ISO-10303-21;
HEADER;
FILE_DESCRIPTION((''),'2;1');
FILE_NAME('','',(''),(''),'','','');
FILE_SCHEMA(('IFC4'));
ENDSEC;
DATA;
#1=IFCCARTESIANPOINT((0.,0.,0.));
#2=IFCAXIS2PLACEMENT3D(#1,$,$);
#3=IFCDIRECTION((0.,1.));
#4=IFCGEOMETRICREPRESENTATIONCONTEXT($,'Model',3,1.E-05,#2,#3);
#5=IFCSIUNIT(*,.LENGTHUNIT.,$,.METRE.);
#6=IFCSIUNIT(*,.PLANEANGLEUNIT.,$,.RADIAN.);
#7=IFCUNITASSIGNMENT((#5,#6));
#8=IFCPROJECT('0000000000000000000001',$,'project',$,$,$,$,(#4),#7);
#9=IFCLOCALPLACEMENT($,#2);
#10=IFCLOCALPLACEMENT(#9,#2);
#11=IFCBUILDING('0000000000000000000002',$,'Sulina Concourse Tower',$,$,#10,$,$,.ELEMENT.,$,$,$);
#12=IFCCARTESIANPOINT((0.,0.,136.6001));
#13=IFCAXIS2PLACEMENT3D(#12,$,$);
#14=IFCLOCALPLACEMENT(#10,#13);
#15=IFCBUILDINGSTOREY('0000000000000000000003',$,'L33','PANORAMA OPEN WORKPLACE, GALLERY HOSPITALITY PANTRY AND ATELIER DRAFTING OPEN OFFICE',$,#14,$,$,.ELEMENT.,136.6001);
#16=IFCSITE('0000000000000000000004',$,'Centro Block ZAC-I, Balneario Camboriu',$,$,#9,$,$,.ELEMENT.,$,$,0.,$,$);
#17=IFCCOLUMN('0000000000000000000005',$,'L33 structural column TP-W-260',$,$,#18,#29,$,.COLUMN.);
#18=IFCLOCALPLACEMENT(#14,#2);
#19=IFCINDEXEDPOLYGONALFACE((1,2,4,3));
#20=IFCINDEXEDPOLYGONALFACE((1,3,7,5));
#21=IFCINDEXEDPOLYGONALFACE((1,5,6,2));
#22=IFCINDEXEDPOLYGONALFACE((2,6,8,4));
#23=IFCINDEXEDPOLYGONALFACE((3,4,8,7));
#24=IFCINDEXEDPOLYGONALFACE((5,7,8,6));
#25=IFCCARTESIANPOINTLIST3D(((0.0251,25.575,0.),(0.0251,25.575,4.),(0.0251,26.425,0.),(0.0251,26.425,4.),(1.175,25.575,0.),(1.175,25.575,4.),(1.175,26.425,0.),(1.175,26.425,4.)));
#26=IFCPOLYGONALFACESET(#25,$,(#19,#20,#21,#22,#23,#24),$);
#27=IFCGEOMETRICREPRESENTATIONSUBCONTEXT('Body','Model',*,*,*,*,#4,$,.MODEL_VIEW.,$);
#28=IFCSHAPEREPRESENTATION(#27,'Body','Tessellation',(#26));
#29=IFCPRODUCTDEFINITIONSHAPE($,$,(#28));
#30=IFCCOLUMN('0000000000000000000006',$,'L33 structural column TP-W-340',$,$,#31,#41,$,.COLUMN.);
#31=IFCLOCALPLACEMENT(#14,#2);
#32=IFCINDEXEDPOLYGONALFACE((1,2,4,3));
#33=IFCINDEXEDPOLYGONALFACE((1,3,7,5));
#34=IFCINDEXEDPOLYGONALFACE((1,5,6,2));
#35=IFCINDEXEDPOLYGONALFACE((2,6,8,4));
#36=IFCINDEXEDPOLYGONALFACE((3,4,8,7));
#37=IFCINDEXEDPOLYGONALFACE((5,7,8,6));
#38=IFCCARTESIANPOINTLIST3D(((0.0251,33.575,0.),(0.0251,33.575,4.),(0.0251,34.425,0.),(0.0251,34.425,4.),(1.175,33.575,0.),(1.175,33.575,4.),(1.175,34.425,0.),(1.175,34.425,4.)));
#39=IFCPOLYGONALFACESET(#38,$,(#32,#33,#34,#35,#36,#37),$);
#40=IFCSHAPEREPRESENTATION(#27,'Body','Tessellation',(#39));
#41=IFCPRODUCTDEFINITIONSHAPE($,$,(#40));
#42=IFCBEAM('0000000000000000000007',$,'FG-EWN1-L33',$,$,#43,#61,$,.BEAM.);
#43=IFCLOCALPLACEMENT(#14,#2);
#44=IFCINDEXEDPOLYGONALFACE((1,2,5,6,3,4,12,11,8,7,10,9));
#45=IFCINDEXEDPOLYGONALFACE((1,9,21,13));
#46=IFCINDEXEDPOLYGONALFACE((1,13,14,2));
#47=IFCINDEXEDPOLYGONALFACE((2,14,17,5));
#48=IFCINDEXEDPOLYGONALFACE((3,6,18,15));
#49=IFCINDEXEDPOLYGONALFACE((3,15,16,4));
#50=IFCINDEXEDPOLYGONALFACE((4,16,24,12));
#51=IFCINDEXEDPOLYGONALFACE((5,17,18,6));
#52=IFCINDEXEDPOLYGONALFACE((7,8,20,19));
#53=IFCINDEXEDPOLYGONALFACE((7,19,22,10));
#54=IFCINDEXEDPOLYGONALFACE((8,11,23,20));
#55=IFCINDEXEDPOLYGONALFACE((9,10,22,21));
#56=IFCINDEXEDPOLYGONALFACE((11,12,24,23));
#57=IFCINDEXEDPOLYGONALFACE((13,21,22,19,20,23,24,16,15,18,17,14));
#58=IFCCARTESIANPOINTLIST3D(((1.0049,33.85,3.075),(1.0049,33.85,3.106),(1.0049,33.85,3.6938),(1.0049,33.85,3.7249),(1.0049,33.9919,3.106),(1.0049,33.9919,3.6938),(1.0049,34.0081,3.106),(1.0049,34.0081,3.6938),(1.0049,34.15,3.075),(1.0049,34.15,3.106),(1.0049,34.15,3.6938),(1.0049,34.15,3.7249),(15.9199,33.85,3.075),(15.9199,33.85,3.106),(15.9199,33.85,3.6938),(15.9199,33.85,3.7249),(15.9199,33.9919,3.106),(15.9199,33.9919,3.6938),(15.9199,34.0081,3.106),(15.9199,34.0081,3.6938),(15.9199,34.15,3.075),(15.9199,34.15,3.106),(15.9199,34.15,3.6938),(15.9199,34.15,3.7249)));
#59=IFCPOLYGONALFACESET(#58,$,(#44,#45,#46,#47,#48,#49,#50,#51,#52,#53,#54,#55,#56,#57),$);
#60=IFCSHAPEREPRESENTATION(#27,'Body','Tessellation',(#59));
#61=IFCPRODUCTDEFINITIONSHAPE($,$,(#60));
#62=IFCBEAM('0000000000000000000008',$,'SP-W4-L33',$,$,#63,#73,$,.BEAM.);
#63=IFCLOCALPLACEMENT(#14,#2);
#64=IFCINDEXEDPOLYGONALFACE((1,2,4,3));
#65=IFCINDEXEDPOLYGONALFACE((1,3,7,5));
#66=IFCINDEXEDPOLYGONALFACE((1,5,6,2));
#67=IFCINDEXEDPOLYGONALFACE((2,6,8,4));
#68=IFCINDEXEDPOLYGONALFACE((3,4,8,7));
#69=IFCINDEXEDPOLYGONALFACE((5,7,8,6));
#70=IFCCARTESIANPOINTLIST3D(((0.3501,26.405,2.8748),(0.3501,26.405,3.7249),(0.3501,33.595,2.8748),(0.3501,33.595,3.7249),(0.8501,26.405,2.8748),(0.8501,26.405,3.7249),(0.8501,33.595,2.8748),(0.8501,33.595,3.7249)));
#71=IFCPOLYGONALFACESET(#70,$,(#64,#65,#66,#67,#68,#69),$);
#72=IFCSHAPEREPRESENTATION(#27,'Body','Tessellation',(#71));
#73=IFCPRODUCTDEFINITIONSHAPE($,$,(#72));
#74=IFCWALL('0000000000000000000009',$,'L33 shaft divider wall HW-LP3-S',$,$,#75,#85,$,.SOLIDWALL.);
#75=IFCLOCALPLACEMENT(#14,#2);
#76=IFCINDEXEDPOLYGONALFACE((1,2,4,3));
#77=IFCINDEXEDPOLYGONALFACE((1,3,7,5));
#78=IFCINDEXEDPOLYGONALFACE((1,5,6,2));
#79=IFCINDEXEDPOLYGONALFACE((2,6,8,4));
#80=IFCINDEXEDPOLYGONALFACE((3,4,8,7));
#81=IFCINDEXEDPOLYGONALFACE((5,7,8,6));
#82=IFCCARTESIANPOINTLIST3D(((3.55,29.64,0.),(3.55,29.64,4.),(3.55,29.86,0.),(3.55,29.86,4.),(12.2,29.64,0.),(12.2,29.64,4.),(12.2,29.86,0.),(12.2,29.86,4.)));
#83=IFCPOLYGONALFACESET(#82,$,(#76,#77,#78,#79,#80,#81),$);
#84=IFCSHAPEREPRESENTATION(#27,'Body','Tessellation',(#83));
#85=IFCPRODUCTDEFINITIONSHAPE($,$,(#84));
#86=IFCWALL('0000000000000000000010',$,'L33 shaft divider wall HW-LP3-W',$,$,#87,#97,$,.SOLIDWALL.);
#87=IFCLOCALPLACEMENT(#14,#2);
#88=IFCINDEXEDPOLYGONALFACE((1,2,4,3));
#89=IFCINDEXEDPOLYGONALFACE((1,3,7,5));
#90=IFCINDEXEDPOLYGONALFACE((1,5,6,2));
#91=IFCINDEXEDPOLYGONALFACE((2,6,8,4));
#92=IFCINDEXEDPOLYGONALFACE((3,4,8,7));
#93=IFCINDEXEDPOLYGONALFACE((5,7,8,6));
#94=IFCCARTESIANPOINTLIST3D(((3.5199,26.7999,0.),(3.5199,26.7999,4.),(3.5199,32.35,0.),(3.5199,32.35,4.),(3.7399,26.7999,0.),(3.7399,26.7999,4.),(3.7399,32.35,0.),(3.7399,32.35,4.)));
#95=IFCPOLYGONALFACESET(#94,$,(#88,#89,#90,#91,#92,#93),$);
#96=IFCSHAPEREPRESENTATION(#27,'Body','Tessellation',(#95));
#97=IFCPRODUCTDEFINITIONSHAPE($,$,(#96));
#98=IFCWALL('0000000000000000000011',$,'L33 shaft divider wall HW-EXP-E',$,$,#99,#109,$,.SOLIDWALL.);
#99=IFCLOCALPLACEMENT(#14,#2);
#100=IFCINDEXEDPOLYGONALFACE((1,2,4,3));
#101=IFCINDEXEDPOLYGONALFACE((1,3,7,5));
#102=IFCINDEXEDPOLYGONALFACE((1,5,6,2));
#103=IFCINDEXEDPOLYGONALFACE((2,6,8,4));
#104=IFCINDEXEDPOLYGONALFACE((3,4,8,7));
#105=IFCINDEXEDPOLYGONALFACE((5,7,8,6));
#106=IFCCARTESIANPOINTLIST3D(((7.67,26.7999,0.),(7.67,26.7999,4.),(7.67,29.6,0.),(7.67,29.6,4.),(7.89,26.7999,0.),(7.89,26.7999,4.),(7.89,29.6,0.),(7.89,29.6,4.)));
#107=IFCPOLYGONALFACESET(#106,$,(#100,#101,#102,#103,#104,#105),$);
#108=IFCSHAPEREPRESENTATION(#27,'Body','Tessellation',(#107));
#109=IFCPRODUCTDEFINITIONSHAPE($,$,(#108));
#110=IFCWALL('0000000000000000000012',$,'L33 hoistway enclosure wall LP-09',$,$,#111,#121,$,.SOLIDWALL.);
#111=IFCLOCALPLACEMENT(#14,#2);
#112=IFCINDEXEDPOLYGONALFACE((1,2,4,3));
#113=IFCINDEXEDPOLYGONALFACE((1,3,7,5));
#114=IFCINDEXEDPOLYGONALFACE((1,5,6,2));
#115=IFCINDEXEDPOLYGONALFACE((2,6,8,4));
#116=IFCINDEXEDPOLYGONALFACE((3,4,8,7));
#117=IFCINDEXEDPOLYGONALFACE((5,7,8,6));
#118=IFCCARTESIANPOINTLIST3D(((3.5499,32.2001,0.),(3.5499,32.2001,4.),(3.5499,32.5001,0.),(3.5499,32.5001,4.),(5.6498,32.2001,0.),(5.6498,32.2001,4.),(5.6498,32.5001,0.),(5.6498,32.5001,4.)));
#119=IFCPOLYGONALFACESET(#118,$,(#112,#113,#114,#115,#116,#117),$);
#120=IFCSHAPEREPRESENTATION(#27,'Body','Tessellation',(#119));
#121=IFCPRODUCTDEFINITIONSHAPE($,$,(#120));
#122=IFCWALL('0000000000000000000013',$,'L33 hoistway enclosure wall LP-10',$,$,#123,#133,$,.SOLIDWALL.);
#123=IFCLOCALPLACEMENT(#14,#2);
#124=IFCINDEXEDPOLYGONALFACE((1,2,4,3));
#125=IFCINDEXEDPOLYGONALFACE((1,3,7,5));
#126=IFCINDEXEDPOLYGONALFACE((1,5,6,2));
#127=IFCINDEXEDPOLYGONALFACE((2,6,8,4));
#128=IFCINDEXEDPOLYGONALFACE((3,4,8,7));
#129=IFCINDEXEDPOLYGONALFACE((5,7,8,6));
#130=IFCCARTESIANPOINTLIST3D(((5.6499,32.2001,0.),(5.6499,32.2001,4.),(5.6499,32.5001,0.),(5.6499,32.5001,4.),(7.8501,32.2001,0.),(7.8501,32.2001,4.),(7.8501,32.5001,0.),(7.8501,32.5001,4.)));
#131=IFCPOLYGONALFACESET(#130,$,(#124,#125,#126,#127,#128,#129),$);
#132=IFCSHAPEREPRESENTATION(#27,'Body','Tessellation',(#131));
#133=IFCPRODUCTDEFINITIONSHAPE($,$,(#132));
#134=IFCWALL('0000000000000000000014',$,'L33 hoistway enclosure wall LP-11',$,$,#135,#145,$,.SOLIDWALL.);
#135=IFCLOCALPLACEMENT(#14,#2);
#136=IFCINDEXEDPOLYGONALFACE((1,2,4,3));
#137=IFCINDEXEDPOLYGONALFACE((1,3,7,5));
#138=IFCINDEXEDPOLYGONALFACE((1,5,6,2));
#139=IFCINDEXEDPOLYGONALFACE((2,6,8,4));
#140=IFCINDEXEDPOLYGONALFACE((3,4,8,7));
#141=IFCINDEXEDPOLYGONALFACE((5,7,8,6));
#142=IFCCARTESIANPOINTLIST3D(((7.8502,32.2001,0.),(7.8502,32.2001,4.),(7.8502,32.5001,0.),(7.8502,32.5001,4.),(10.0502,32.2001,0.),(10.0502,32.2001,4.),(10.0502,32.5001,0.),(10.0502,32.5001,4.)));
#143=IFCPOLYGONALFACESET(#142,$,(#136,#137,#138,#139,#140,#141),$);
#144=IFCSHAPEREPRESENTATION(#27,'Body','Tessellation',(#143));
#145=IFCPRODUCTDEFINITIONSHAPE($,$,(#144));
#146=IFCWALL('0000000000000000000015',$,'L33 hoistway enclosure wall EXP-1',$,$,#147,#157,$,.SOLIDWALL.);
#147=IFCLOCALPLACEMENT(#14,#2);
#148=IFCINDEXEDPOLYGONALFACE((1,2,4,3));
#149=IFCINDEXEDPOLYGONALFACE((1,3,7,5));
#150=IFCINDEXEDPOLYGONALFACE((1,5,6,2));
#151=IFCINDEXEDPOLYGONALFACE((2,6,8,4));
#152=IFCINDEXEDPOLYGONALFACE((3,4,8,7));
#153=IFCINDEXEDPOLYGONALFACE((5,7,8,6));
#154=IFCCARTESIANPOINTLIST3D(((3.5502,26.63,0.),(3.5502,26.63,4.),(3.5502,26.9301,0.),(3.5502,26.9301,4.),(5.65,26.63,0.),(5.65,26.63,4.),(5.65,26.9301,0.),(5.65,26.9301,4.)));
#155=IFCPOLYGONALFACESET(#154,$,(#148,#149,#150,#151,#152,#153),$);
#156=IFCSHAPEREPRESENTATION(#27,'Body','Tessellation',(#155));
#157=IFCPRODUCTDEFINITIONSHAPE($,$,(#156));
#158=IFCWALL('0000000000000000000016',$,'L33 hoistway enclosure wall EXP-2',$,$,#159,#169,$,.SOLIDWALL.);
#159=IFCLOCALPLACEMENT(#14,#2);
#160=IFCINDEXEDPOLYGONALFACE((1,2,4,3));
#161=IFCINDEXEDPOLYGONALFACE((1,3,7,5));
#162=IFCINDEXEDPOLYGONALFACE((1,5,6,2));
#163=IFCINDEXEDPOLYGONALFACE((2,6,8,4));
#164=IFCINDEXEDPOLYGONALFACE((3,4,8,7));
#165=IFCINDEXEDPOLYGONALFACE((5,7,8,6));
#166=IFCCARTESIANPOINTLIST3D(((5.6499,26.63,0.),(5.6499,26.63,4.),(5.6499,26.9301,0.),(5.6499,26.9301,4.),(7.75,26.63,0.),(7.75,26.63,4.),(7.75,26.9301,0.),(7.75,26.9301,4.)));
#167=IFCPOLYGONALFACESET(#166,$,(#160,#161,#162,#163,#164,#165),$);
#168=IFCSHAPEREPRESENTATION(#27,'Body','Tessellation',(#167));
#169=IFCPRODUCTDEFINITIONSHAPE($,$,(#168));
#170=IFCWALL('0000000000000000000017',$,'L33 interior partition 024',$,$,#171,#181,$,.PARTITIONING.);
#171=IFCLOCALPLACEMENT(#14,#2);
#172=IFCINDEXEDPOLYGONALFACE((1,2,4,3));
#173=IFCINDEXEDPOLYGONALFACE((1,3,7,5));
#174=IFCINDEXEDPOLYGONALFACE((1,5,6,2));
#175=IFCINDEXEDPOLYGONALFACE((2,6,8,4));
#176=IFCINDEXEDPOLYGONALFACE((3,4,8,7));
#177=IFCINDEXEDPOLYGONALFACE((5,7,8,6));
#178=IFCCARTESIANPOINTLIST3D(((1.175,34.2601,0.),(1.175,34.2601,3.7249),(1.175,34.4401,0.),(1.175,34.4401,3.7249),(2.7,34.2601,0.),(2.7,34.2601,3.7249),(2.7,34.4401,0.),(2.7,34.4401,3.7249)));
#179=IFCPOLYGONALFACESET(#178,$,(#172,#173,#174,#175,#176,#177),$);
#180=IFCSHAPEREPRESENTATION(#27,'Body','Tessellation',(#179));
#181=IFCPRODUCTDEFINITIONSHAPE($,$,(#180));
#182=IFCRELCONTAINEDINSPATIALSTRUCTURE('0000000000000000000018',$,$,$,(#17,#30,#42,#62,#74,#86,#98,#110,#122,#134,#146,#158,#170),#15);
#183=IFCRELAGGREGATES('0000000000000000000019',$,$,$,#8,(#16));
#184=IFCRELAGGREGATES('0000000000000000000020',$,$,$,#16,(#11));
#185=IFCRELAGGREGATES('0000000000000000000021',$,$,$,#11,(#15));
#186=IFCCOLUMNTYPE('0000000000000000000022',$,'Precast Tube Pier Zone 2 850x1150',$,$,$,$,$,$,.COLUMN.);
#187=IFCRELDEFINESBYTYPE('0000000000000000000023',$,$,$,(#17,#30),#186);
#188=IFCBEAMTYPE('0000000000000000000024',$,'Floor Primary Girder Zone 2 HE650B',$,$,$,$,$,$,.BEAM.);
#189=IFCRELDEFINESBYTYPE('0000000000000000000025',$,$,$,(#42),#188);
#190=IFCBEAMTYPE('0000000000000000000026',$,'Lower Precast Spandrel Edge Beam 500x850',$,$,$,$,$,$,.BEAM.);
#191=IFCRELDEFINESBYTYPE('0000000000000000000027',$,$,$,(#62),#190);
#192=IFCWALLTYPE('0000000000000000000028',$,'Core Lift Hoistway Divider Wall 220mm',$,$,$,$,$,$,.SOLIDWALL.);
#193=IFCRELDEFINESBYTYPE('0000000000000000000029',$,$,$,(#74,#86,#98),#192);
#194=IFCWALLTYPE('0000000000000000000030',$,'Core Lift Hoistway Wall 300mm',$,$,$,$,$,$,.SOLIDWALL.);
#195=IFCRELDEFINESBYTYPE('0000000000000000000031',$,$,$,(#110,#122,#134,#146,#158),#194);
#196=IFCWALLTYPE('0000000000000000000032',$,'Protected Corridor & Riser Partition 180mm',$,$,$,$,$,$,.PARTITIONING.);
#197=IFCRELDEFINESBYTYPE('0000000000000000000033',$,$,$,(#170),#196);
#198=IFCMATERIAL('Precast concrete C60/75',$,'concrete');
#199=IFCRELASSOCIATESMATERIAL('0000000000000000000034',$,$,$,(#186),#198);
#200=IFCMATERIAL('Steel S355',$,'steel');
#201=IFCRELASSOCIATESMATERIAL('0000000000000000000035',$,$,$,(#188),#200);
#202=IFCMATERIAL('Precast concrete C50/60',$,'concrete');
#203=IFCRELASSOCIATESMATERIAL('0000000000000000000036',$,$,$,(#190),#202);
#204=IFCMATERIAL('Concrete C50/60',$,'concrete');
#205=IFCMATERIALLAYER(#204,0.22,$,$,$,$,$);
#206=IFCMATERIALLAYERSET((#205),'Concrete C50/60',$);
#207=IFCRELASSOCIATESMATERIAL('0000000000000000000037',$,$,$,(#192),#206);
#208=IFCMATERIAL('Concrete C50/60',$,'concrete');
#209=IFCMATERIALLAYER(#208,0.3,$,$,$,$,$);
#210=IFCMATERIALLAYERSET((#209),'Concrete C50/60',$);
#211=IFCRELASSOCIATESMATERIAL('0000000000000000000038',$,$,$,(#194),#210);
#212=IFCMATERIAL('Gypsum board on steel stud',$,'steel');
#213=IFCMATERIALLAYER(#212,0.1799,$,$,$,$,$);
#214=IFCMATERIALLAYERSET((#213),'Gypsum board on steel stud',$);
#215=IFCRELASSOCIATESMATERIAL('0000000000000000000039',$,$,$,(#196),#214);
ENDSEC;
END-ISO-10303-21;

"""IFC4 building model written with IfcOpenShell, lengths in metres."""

from ifc_helpers import new_model, si_unit, direction, frame, frame_2d, origin, origin_2d, place, context, subcontext, project, spatial, rectangle, i_section, extrude, material, layer, layer_set, material_profile, profile_set, type_object, element, save


model = new_model("IFC4")

# Units and contexts
model_context = context("Model", 3, precision=1e-05, world=origin(), true_north=direction((0.0, 1.0)))
body_context = subcontext(model_context, "Body", "Model", "MODEL_VIEW")
ifc_project = project(units=[si_unit("LENGTHUNIT", "METRE"), si_unit("PLANEANGLEUNIT", "RADIAN")], contexts=[model_context])

# Site, building, storey
site_placement = place(None, origin())
site = spatial("IfcSite", under=ifc_project, at=site_placement, Name="Centro Block ZAC-I, Balneario Camboriu", CompositionType="ELEMENT", RefElevation=0.0)
building_placement = place(site_placement, origin())
building = spatial("IfcBuilding", under=site, at=building_placement, Name="Sulina Concourse Tower", CompositionType="ELEMENT")
storey_placement = place(building_placement, frame((0.0, 0.0, 136.6001)))
storey = spatial("IfcBuildingStorey", under=building, at=storey_placement, Name="L33", Description="PANORAMA OPEN WORKPLACE, GALLERY HOSPITALITY PANTRY AND ATELIER DRAFTING OPEN OFFICE", CompositionType="ELEMENT", Elevation=136.6001)

# Columns
ifc_material_1 = material(Name="Precast concrete C60/75", Category="concrete")
ifc_material_profile_1 = material_profile(ifc_material_1, rectangle(XDim=0.8501, YDim=1.1499, at=origin_2d()), Name="PC 850x1150")
ifc_profile_set_1 = profile_set([ifc_material_profile_1], Name="Precast concrete C60/75")
column_type = type_object("IfcColumnType", Name="Precast Tube Pier Zone 2 850x1150", PredefinedType="COLUMN", material=ifc_profile_set_1)
for number, where, z_axis, x_axis, name in (
    (1, (0.6001, 26.0, 0.0), (0.0, 0.0, 1.0), (0.0, 1.0, 0.0), "L33 structural column TP-W-260"),
    (2, (0.6001, 34.0, 0.0), (0.0, 0.0, 1.0), (0.0, 1.0, 0.0), "L33 structural column TP-W-340"),
):
    element("IfcColumn", number, at=place(storey_placement, frame(where, z_axis=z_axis, x_axis=x_axis)), inside=storey, type_object=column_type, Name=name, PredefinedType="COLUMN", context=body_context, shape_type="SweptSolid", body=[
        extrude(rectangle(XDim=0.8501, YDim=1.1499, at=origin_2d()), origin(), (0.0, 0.0, 1.0), 4.0),
    ])

# Beams
ifc_material_2 = material(Name="Steel S355", Category="steel")
ifc_material_profile_2 = material_profile(ifc_material_2, i_section(OverallWidth=0.3, OverallDepth=0.6499, WebThickness=0.0161, FlangeThickness=0.031, at=origin_2d()), Name="HE 650 B")
ifc_profile_set_2 = profile_set([ifc_material_profile_2], Name="Steel S355")
beam_type_1 = type_object("IfcBeamType", Name="Floor Primary Girder Zone 2 HE650B", PredefinedType="BEAM", material=ifc_profile_set_2)
beam_1_placement = place(storey_placement, frame((1.0049, 34.0, 3.3999), z_axis=(1.0, 0.0, 0.0), x_axis=(0.0, 1.0, 0.0)))
element("IfcBeam", 3, at=beam_1_placement, inside=storey, type_object=beam_type_1, Name="FG-EWN1-L33", PredefinedType="BEAM", context=body_context, shape_type="SweptSolid", body=[
    extrude(i_section(OverallWidth=0.3, OverallDepth=0.6499, WebThickness=0.0161, FlangeThickness=0.031, at=origin_2d()), origin(), (0.0, 0.0, 1.0), 14.915),
])
ifc_material_3 = material(Name="Precast concrete C50/60", Category="concrete")
ifc_material_profile_3 = material_profile(ifc_material_3, rectangle(XDim=0.5, YDim=0.8501, at=origin_2d()), Name="RC 500x850")
ifc_profile_set_3 = profile_set([ifc_material_profile_3], Name="Precast concrete C50/60")
beam_type_2 = type_object("IfcBeamType", Name="Lower Precast Spandrel Edge Beam 500x850", PredefinedType="BEAM", material=ifc_profile_set_3)
beam_2_placement = place(storey_placement, frame((0.6001, 26.405, 3.2998), z_axis=(0.0, 1.0, 0.0), x_axis=(-1.0, 0.0, 0.0)))
element("IfcBeam", 4, at=beam_2_placement, inside=storey, type_object=beam_type_2, Name="SP-W4-L33", PredefinedType="BEAM", context=body_context, shape_type="SweptSolid", body=[
    extrude(rectangle(XDim=0.5, YDim=0.8501, at=origin_2d()), origin(), (0.0, 0.0, 1.0), 7.1899),
])

# Walls
ifc_material_4 = material(Name="Concrete C50/60", Category="concrete")
ifc_layer_1 = layer(ifc_material_4, 0.22)
ifc_layer_set_1 = layer_set([ifc_layer_1], Name="Concrete C50/60")
wall_type_1 = type_object("IfcWallType", Name="Core Lift Hoistway Divider Wall 220mm", PredefinedType="SOLIDWALL", material=ifc_layer_set_1)
wall_1_placement = place(storey_placement, frame((3.55, 29.75, 0.0), z_axis=(0.0, 0.0, 1.0), x_axis=(1.0, 0.0, 0.0)))
element("IfcWall", 5, at=wall_1_placement, inside=storey, type_object=wall_type_1, Name="L33 shaft divider wall HW-LP3-S", PredefinedType="SOLIDWALL", context=body_context, shape_type="SweptSolid", body=[
    extrude(rectangle(XDim=8.6499, YDim=0.22, at=frame_2d((4.325, 0.0))), origin(), (0.0, 0.0, 1.0), 4.0),
])
wall_2_placement = place(storey_placement, frame((3.6299, 26.8, 0.0), z_axis=(0.0, 0.0, 1.0), x_axis=(0.0, 1.0, 0.0)))
element("IfcWall", 6, at=wall_2_placement, inside=storey, type_object=wall_type_1, Name="L33 shaft divider wall HW-LP3-W", PredefinedType="SOLIDWALL", context=body_context, shape_type="SweptSolid", body=[
    extrude(rectangle(XDim=5.55, YDim=0.22, at=frame_2d((2.7749, 0.0))), origin(), (0.0, 0.0, 1.0), 4.0),
])
wall_3_placement = place(storey_placement, frame((7.78, 26.8, 0.0), z_axis=(0.0, 0.0, 1.0), x_axis=(0.0, 1.0, 0.0)))
element("IfcWall", 7, at=wall_3_placement, inside=storey, type_object=wall_type_1, Name="L33 shaft divider wall HW-EXP-E", PredefinedType="SOLIDWALL", context=body_context, shape_type="SweptSolid", body=[
    extrude(rectangle(XDim=2.8, YDim=0.22, at=frame_2d((1.3999, 0.0))), origin(), (0.0, 0.0, 1.0), 4.0),
])
ifc_material_5 = material(Name="Concrete C50/60", Category="concrete")
ifc_layer_2 = layer(ifc_material_5, 0.3)
ifc_layer_set_2 = layer_set([ifc_layer_2], Name="Concrete C50/60")
wall_type_2 = type_object("IfcWallType", Name="Core Lift Hoistway Wall 300mm", PredefinedType="SOLIDWALL", material=ifc_layer_set_2)
wall_4_placement = place(storey_placement, frame((3.55, 32.3501, 0.0), z_axis=(0.0, 0.0, 1.0), x_axis=(1.0, 0.0, 0.0)))
element("IfcWall", 8, at=wall_4_placement, inside=storey, type_object=wall_type_2, Name="L33 hoistway enclosure wall LP-09", PredefinedType="SOLIDWALL", context=body_context, shape_type="SweptSolid", body=[
    extrude(rectangle(XDim=2.0999, YDim=0.3, at=frame_2d((1.0498, 0.0))), origin(), (0.0, 0.0, 1.0), 4.0),
])
wall_5_placement = place(storey_placement, frame((5.6499, 32.3501, 0.0), z_axis=(0.0, 0.0, 1.0), x_axis=(1.0, 0.0, 0.0)))
element("IfcWall", 9, at=wall_5_placement, inside=storey, type_object=wall_type_2, Name="L33 hoistway enclosure wall LP-10", PredefinedType="SOLIDWALL", context=body_context, shape_type="SweptSolid", body=[
    extrude(rectangle(XDim=2.2002, YDim=0.3, at=frame_2d((1.1001, 0.0))), origin(), (0.0, 0.0, 1.0), 4.0),
])
wall_6_placement = place(storey_placement, frame((7.8501, 32.3501, 0.0), z_axis=(0.0, 0.0, 1.0), x_axis=(1.0, 0.0, 0.0)))
element("IfcWall", 10, at=wall_6_placement, inside=storey, type_object=wall_type_2, Name="L33 hoistway enclosure wall LP-11", PredefinedType="SOLIDWALL", context=body_context, shape_type="SweptSolid", body=[
    extrude(rectangle(XDim=2.2, YDim=0.3, at=frame_2d((1.1001, 0.0))), origin(), (0.0, 0.0, 1.0), 4.0),
])
wall_7_placement = place(storey_placement, frame((5.6499, 26.78, 0.0), z_axis=(0.0, 0.0, 1.0), x_axis=(-1.0, 0.0, 0.0)))
element("IfcWall", 11, at=wall_7_placement, inside=storey, type_object=wall_type_2, Name="L33 hoistway enclosure wall EXP-1", PredefinedType="SOLIDWALL", context=body_context, shape_type="SweptSolid", body=[
    extrude(rectangle(XDim=2.0999, YDim=0.3, at=frame_2d((1.0498, 0.0))), origin(), (0.0, 0.0, 1.0), 4.0),
])
wall_8_placement = place(storey_placement, frame((7.75, 26.78, 0.0), z_axis=(0.0, 0.0, 1.0), x_axis=(-1.0, 0.0, 0.0)))
element("IfcWall", 12, at=wall_8_placement, inside=storey, type_object=wall_type_2, Name="L33 hoistway enclosure wall EXP-2", PredefinedType="SOLIDWALL", context=body_context, shape_type="SweptSolid", body=[
    extrude(rectangle(XDim=2.1001, YDim=0.3, at=frame_2d((1.05, 0.0))), origin(), (0.0, 0.0, 1.0), 4.0),
])
ifc_material_6 = material(Name="Gypsum board on steel stud", Category="steel")
ifc_layer_3 = layer(ifc_material_6, 0.1799)
ifc_layer_set_3 = layer_set([ifc_layer_3], Name="Gypsum board on steel stud")
wall_type_3 = type_object("IfcWallType", Name="Protected Corridor & Riser Partition 180mm", PredefinedType="PARTITIONING", material=ifc_layer_set_3)
wall_9_placement = place(storey_placement, frame((1.175, 34.3501, 0.0), z_axis=(0.0, 0.0, 1.0), x_axis=(1.0, 0.0, 0.0)))
element("IfcWall", 13, at=wall_9_placement, inside=storey, type_object=wall_type_3, Name="L33 interior partition 024", PredefinedType="PARTITIONING", context=body_context, shape_type="SweptSolid", body=[
    extrude(rectangle(XDim=1.5249, YDim=0.1799, at=frame_2d((0.7625, 0.0))), origin(), (0.0, 0.0, 1.0), 3.7249),
])

save(model, "model.ifc")
